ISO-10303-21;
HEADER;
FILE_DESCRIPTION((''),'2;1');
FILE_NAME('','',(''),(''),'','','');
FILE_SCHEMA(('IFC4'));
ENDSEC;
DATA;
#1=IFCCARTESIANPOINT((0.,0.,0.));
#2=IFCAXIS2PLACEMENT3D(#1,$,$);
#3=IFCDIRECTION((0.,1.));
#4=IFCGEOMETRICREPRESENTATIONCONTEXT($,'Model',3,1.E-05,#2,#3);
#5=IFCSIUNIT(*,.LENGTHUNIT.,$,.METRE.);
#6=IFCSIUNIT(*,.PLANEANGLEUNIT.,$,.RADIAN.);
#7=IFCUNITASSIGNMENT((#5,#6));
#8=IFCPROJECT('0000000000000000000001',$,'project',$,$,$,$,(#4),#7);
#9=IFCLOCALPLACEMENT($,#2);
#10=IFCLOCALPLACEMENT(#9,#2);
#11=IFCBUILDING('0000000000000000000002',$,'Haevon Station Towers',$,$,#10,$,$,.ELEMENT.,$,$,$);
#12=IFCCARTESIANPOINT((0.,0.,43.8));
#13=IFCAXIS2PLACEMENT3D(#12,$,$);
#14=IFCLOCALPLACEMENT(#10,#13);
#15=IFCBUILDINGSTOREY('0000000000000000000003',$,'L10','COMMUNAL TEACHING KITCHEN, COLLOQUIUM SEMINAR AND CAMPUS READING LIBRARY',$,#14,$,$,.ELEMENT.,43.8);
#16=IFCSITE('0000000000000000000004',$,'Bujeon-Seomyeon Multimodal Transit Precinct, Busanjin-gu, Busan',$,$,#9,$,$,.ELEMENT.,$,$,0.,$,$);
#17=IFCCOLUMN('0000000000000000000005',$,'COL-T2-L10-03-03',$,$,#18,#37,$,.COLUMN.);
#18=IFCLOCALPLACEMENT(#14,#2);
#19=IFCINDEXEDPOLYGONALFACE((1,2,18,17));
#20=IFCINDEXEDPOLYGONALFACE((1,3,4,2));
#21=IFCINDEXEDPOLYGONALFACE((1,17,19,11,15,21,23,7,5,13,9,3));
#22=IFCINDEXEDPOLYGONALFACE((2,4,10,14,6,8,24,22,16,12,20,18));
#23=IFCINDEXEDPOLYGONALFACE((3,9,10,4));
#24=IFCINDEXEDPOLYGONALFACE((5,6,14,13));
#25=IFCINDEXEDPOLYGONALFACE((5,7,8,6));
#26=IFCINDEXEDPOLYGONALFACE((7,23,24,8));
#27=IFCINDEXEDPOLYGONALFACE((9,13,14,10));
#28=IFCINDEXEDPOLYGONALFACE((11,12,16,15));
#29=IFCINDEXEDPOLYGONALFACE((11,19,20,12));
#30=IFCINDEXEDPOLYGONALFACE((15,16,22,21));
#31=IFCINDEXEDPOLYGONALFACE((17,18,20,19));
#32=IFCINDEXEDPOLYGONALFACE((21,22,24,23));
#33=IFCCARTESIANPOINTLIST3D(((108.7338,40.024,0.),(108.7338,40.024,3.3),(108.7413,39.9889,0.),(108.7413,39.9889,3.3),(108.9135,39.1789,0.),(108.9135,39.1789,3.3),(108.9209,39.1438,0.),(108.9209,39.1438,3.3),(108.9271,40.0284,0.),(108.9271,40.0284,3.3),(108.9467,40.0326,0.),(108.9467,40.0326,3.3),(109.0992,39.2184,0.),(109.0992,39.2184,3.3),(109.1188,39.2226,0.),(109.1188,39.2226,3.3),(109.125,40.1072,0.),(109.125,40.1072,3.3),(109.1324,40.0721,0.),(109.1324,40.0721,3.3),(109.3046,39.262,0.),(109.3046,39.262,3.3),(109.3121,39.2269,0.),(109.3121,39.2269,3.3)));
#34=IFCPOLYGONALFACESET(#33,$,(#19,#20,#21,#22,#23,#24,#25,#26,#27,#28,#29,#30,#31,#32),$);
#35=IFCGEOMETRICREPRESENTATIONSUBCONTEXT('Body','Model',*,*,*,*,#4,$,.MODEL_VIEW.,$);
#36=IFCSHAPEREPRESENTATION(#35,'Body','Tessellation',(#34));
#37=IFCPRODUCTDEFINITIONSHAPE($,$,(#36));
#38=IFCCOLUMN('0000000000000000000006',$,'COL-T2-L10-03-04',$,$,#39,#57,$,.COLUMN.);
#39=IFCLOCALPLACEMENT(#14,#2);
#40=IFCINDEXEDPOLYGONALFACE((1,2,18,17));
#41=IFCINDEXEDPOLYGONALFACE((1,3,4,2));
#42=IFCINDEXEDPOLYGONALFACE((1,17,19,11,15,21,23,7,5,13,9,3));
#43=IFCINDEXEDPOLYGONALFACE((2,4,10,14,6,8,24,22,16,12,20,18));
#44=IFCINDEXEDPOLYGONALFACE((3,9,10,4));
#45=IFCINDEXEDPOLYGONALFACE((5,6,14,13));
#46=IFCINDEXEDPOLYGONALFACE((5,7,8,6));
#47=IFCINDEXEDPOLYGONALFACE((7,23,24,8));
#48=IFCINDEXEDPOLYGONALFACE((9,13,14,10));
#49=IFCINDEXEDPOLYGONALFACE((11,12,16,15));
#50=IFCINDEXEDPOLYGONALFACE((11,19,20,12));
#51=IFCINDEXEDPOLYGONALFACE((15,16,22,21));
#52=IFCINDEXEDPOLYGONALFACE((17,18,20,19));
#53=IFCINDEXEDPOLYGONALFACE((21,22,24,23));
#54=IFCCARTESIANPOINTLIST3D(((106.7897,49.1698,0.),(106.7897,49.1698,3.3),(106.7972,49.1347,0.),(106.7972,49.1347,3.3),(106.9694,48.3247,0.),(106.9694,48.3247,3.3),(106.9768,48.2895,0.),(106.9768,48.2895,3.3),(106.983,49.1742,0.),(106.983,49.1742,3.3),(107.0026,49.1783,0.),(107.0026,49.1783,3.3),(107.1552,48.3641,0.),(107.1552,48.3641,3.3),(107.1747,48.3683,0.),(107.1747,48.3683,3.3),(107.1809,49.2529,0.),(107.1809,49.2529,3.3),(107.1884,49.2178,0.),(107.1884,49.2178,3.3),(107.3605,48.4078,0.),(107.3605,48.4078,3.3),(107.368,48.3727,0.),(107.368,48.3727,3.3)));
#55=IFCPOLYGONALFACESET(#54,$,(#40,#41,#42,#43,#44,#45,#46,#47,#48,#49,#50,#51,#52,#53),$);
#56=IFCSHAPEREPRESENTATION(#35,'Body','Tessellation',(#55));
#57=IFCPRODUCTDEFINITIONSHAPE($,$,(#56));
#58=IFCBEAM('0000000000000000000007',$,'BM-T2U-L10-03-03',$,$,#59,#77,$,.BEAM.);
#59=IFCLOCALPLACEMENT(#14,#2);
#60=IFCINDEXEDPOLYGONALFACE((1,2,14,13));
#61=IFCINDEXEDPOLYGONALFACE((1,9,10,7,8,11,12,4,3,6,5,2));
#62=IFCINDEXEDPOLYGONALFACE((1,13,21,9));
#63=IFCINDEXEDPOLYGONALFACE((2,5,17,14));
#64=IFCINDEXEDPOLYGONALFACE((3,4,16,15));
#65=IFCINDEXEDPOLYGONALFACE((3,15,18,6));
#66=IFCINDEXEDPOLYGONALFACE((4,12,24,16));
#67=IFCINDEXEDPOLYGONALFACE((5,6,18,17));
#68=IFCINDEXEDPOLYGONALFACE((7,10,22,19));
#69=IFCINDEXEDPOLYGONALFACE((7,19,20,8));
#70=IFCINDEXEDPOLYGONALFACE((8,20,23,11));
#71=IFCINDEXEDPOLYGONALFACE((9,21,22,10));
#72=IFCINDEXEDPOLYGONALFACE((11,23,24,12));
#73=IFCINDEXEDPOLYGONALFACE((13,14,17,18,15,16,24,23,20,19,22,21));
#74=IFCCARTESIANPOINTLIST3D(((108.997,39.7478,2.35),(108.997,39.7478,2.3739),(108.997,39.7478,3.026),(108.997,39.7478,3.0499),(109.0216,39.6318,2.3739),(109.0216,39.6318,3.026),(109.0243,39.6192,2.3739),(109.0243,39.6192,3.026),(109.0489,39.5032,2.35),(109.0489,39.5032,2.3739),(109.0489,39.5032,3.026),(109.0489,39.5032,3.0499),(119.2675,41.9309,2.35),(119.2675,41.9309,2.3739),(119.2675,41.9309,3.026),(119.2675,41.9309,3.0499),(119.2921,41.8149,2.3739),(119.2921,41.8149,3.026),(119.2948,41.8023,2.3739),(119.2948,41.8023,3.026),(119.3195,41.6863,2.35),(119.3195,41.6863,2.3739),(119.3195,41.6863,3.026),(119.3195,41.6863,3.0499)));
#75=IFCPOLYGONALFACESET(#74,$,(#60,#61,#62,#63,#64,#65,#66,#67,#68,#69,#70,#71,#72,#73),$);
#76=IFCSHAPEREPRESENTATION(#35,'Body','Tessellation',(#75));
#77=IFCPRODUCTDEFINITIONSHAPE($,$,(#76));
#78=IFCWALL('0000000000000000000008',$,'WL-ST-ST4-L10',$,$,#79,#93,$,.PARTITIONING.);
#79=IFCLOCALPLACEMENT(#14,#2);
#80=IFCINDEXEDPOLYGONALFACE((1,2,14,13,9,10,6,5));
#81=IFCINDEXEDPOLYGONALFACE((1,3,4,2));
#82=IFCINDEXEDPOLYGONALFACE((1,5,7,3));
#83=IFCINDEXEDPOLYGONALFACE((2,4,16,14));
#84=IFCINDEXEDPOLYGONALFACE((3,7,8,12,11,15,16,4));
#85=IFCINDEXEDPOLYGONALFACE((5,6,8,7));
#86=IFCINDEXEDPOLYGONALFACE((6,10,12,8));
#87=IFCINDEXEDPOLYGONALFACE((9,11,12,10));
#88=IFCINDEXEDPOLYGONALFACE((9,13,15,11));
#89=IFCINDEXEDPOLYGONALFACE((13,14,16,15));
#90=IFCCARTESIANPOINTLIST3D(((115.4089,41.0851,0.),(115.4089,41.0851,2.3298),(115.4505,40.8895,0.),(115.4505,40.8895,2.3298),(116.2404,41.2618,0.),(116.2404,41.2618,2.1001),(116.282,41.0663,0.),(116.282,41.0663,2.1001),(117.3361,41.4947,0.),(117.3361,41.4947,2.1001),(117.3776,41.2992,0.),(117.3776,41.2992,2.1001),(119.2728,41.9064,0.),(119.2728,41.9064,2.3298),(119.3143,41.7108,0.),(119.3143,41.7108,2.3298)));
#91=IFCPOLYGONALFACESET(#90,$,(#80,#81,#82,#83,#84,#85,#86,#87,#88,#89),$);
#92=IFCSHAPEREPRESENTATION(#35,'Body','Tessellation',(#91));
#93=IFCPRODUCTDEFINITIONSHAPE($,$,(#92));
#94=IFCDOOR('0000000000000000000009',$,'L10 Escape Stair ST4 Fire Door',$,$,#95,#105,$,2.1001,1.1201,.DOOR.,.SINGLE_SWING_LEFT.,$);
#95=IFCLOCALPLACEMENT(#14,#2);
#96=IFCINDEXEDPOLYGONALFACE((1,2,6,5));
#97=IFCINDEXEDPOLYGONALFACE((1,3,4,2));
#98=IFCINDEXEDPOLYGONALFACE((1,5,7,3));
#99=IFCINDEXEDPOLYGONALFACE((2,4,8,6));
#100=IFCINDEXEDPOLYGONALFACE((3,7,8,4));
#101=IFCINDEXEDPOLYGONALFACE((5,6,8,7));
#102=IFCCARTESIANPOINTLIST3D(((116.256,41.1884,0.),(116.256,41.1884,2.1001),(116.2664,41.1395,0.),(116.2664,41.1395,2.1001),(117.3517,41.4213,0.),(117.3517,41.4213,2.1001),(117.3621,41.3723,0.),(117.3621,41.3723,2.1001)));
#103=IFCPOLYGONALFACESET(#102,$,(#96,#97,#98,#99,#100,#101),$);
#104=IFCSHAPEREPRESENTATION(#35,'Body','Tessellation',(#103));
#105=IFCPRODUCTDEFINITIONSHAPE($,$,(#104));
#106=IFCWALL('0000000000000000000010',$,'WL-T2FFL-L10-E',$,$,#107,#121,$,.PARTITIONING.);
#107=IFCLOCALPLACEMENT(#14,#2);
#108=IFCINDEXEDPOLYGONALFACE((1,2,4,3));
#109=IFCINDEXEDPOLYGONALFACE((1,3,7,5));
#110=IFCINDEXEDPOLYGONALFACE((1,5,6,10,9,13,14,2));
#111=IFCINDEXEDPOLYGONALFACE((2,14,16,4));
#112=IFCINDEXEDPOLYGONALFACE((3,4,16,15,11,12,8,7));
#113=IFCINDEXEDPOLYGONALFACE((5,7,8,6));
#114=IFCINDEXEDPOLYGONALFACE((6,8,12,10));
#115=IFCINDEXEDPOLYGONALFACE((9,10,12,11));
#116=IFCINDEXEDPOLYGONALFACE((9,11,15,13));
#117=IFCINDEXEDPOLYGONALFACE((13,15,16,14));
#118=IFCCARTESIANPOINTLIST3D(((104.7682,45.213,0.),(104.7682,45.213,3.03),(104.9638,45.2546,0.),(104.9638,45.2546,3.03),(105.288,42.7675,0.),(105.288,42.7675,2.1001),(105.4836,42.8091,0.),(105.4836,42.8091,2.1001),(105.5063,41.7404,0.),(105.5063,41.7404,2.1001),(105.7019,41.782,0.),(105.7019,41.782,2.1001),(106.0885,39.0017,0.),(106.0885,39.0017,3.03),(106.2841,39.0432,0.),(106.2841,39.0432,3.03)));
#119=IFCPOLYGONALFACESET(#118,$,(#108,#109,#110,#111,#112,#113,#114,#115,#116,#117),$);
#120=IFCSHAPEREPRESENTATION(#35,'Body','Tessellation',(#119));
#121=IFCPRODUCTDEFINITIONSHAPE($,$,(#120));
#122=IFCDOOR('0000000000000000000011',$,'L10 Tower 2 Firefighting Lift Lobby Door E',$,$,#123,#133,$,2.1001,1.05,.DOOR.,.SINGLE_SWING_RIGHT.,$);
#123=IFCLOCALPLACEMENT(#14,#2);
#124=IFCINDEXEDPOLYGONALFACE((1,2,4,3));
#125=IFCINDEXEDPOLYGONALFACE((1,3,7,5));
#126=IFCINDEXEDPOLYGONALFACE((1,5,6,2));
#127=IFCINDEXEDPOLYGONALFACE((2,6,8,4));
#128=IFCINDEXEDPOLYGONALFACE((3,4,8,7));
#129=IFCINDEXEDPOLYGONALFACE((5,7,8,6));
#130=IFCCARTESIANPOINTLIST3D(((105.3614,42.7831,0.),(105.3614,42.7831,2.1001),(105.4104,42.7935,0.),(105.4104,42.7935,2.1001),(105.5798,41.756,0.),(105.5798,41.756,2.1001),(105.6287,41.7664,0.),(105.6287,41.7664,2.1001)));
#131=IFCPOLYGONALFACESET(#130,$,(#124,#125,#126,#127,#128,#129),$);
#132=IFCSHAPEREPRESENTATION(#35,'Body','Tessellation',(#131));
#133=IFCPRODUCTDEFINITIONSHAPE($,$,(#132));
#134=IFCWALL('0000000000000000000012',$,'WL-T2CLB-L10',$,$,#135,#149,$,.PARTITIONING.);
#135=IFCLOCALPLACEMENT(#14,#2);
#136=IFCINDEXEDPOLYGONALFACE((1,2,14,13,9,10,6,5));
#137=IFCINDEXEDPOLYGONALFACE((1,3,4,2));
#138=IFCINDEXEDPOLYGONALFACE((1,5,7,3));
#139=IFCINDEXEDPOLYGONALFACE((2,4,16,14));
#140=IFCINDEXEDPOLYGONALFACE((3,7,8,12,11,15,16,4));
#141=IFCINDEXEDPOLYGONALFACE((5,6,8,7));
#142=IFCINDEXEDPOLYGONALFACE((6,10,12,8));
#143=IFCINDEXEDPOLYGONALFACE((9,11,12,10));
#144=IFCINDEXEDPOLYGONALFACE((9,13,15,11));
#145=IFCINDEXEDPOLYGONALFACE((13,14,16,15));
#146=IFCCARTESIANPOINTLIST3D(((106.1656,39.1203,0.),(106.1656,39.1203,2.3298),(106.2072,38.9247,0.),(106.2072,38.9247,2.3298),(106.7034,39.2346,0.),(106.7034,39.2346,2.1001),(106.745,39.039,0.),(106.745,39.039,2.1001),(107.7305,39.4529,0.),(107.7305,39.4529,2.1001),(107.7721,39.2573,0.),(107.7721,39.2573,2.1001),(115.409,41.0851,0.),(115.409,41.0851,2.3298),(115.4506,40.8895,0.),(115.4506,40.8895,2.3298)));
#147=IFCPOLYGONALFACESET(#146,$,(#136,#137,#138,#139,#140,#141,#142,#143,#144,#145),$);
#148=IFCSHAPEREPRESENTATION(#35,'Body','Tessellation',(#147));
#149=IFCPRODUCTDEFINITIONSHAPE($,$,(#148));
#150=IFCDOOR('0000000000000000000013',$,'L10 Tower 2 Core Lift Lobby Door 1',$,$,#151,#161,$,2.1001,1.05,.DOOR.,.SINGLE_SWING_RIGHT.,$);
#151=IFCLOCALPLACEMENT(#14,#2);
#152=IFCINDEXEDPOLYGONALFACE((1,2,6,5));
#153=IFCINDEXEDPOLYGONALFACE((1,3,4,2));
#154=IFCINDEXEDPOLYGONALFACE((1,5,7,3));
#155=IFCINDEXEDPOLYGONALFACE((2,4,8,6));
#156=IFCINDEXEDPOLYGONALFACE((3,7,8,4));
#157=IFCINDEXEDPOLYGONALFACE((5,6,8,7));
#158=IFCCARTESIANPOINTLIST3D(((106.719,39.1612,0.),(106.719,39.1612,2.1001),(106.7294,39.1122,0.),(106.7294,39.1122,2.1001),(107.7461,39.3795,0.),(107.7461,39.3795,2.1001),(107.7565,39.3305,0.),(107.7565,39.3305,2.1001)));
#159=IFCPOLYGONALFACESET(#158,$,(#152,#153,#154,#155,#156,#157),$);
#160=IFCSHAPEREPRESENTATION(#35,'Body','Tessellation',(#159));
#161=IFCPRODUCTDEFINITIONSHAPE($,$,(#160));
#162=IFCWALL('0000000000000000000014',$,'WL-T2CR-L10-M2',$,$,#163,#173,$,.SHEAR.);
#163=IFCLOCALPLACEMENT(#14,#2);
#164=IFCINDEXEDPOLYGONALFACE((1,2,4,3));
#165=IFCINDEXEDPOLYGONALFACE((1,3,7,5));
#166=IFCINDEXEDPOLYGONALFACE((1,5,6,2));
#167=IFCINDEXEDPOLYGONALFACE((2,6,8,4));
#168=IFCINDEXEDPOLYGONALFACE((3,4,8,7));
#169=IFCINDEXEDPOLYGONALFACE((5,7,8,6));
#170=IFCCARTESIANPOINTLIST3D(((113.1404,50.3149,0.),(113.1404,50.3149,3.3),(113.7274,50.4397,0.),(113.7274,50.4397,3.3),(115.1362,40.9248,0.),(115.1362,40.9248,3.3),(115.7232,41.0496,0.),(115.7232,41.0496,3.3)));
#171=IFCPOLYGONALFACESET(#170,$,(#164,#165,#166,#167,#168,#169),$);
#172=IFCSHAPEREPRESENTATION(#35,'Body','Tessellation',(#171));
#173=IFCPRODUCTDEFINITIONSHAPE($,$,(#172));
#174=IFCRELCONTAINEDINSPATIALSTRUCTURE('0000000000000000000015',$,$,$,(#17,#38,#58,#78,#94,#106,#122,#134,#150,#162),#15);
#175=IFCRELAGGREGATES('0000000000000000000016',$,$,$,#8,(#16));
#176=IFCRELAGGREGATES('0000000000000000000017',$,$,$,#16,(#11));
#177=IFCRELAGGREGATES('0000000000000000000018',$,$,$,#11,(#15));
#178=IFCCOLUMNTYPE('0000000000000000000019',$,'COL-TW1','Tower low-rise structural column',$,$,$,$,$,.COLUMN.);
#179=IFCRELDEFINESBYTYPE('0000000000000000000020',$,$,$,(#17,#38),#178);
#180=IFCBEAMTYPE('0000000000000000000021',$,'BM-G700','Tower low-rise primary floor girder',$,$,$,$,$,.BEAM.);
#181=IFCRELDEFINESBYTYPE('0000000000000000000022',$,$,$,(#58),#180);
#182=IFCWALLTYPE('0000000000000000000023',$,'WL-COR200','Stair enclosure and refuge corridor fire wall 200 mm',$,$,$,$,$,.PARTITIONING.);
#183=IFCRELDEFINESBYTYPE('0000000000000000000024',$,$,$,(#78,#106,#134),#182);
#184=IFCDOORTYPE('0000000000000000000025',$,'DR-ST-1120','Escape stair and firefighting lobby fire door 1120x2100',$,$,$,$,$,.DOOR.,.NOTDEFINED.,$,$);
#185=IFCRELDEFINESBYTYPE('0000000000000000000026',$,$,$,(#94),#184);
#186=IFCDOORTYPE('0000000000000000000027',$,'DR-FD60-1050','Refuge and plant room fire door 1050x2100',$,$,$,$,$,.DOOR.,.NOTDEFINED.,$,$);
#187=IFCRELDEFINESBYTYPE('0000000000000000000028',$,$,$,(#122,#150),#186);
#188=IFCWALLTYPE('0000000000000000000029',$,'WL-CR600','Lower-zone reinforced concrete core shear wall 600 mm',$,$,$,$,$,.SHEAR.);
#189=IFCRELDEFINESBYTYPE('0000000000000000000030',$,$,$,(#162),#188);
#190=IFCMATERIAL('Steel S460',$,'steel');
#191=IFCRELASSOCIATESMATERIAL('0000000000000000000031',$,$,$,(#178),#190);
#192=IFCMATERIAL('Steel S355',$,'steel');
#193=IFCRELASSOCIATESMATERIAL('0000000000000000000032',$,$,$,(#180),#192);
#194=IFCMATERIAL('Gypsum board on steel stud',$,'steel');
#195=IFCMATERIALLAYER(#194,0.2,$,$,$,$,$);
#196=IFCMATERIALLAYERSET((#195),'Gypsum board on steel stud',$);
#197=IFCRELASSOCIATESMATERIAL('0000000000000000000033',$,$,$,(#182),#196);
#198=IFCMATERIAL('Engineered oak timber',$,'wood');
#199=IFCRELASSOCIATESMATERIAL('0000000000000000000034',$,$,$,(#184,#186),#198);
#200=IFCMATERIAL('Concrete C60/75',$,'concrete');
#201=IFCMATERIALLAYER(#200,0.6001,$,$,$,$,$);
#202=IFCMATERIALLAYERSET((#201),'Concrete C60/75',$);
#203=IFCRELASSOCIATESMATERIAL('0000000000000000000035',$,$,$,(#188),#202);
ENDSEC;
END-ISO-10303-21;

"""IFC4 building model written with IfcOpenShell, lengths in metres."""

from ifc_helpers import new_model, si_unit, direction, frame, frame_2d, origin, origin_2d, place, context, subcontext, project, spatial, rectangle, i_section, extrude, material, layer, layer_set, material_profile, profile_set, type_object, element, fill, save


model = new_model("IFC4")

# Units and contexts
model_context = context("Model", 3, precision=1e-05, world=origin(), true_north=direction((0.0, 1.0)))
body_context = subcontext(model_context, "Body", "Model", "MODEL_VIEW")
ifc_project = project(units=[si_unit("LENGTHUNIT", "METRE"), si_unit("PLANEANGLEUNIT", "RADIAN")], contexts=[model_context])

# Site, building, storey
site_placement = place(None, origin())
site = spatial("IfcSite", under=ifc_project, at=site_placement, Name="Bujeon-Seomyeon Multimodal Transit Precinct, Busanjin-gu, Busan", CompositionType="ELEMENT", RefElevation=0.0)
building_placement = place(site_placement, origin())
building = spatial("IfcBuilding", under=site, at=building_placement, Name="Haevon Station Towers", CompositionType="ELEMENT")
storey_placement = place(building_placement, frame((0.0, 0.0, 43.8)))
storey = spatial("IfcBuildingStorey", under=building, at=storey_placement, Name="L10", Description="COMMUNAL TEACHING KITCHEN, COLLOQUIUM SEMINAR AND CAMPUS READING LIBRARY", CompositionType="ELEMENT", Elevation=43.8)

# Columns
ifc_material_1 = material(Name="Steel S460", Category="steel")
ifc_material_profile_1 = material_profile(ifc_material_1, i_section(OverallWidth=0.3999, OverallDepth=0.8999, WebThickness=0.02, FlangeThickness=0.0359, at=origin_2d()), Name="H-900x400x20x36")
ifc_profile_set_1 = profile_set([ifc_material_profile_1], Name="Steel S460")
column_type = type_object("IfcColumnType", Name="COL-TW1", Description="Tower low-rise structural column", PredefinedType="COLUMN", material=ifc_profile_set_1)
for number, where, z_axis, x_axis, name in (
    (1, (109.0229, 39.6255, 0.0), (0.0, 0.0, 1.0), (0.978148, 0.207912, 0.0), "COL-T2-L10-03-03"),
    (2, (107.0789, 48.7712, 0.0), (0.0, 0.0, 1.0), (0.978148, 0.207912, 0.0), "COL-T2-L10-03-04"),
):
    element("IfcColumn", number, at=place(storey_placement, frame(where, z_axis=z_axis, x_axis=x_axis)), inside=storey, type_object=column_type, Name=name, PredefinedType="COLUMN", context=body_context, shape_type="SweptSolid", body=[
        extrude(i_section(OverallWidth=0.3999, OverallDepth=0.8999, WebThickness=0.02, FlangeThickness=0.0359, at=origin_2d()), origin(), (0.0, 0.0, 1.0), 3.3),
    ])

# Beam
ifc_material_2 = material(Name="Steel S355", Category="steel")
ifc_material_profile_2 = material_profile(ifc_material_2, i_section(OverallWidth=0.25, OverallDepth=0.7, WebThickness=0.0129, FlangeThickness=0.0239, at=origin_2d()), Name="H-700x250x13x24")
ifc_profile_set_2 = profile_set([ifc_material_profile_2], Name="Steel S355")
beam_type = type_object("IfcBeamType", Name="BM-G700", Description="Tower low-rise primary floor girder", PredefinedType="BEAM", material=ifc_profile_set_2)
beam_placement = place(storey_placement, frame((109.0229, 39.6255, 2.7), z_axis=(0.978147, 0.207915, 0.0), x_axis=(-0.207915, 0.978147, 0.0)))
element("IfcBeam", 3, at=beam_placement, inside=storey, type_object=beam_type, Name="BM-T2U-L10-03-03", PredefinedType="BEAM", context=body_context, shape_type="SweptSolid", body=[
    extrude(i_section(OverallWidth=0.25, OverallDepth=0.7, WebThickness=0.0129, FlangeThickness=0.0239, at=origin_2d()), origin(), (0.0, 0.0, 1.0), 10.5),
])

# Walls, openings, doors
ifc_material_3 = material(Name="Gypsum board on steel stud", Category="steel")
ifc_layer_1 = layer(ifc_material_3, 0.2)
ifc_layer_set_1 = layer_set([ifc_layer_1], Name="Gypsum board on steel stud")
wall_type_1 = type_object("IfcWallType", Name="WL-COR200", Description="Stair enclosure and refuge corridor fire wall 200 mm", PredefinedType="PARTITIONING", material=ifc_layer_set_1)
wall_1_placement = place(storey_placement, frame((115.4297, 40.9873, 0.0), z_axis=(0.0, 0.0, 1.0), x_axis=(0.978147, 0.207916, 0.0)))
wall_1 = element("IfcWall", 4, at=wall_1_placement, inside=storey, type_object=wall_type_1, Name="WL-ST-ST4-L10", PredefinedType="PARTITIONING", context=body_context, shape_type="SweptSolid", body=[
    extrude(rectangle(XDim=3.9502, YDim=0.2, at=frame_2d((1.9751, 0.0))), origin(), (0.0, 0.0, 1.0), 2.3298),
])
opening_1_placement = place(wall_1_placement, frame((0.8501, 0.0, 0.0)))
opening_1 = element("IfcOpeningElement", 5, at=opening_1_placement, cuts=wall_1, PredefinedType="OPENING", context=body_context, shape_type="SweptSolid", body=[
    extrude(rectangle(XDim=1.1201, YDim=2.1001, at=frame_2d((0.5601, 1.05))), frame((0.0, 0.1099, 0.0), z_axis=(0.0, -1.0, 0.0), x_axis=(1.0, 0.0, 0.0)), (0.0, 0.0, 1.0), 0.22),
])
ifc_material_4 = material(Name="Engineered oak timber", Category="wood")
door_type_1 = type_object("IfcDoorType", Name="DR-ST-1120", Description="Escape stair and firefighting lobby fire door 1120x2100", OperationType="NOTDEFINED", PredefinedType="DOOR", material=ifc_material_4)
door_1_placement = place(opening_1_placement, origin())
door_1 = element("IfcDoor", 6, at=door_1_placement, inside=storey, type_object=door_type_1, Name="L10 Escape Stair ST4 Fire Door", OperationType="SINGLE_SWING_LEFT", OverallHeight=2.1001, OverallWidth=1.1201, PredefinedType="DOOR", context=body_context, shape_type="SweptSolid", body=[
    extrude(rectangle(XDim=1.1201, YDim=2.1001, at=frame_2d((0.5601, 1.05))), frame((0.0, 0.0249, 0.0), z_axis=(0.0, -1.0, 0.0), x_axis=(1.0, 0.0, 0.0)), (0.0, 0.0, 1.0), 0.05),
])
fill(opening_1, door_1)
wall_2_placement = place(storey_placement, frame((106.1863, 39.0225, 0.0), z_axis=(0.0, 0.0, 1.0), x_axis=(-0.207917, 0.978147, 0.0)))
wall_2 = element("IfcWall", 7, at=wall_2_placement, inside=storey, type_object=wall_type_1, Name="WL-T2FFL-L10-E", PredefinedType="PARTITIONING", context=body_context, shape_type="SweptSolid", body=[
    extrude(rectangle(XDim=6.3501, YDim=0.2, at=frame_2d((3.175, 0.0))), origin(), (0.0, 0.0, 1.0), 3.03),
])
opening_2_placement = place(wall_2_placement, frame((2.8, 0.0, 0.0)))
opening_2 = element("IfcOpeningElement", 8, at=opening_2_placement, cuts=wall_2, PredefinedType="OPENING", context=body_context, shape_type="SweptSolid", body=[
    extrude(rectangle(XDim=1.05, YDim=2.1001, at=frame_2d((0.5249, 1.05))), frame((0.0, 0.1099, 0.0), z_axis=(0.0, -1.0, 0.0), x_axis=(1.0, 0.0, 0.0)), (0.0, 0.0, 1.0), 0.22),
])
door_type_2 = type_object("IfcDoorType", Name="DR-FD60-1050", Description="Refuge and plant room fire door 1050x2100", OperationType="NOTDEFINED", PredefinedType="DOOR", material=ifc_material_4)
door_2_placement = place(opening_2_placement, origin())
door_2 = element("IfcDoor", 9, at=door_2_placement, inside=storey, type_object=door_type_2, Name="L10 Tower 2 Firefighting Lift Lobby Door E", OperationType="SINGLE_SWING_RIGHT", OverallHeight=2.1001, OverallWidth=1.05, PredefinedType="DOOR", context=body_context, shape_type="SweptSolid", body=[
    extrude(rectangle(XDim=1.05, YDim=2.1001, at=frame_2d((0.5249, 1.05))), frame((0.0, 0.0249, 0.0), z_axis=(0.0, -1.0, 0.0), x_axis=(1.0, 0.0, 0.0)), (0.0, 0.0, 1.0), 0.05),
])
fill(opening_2, door_2)
wall_3_placement = place(storey_placement, frame((106.1863, 39.0225, 0.0), z_axis=(0.0, 0.0, 1.0), x_axis=(0.978146, 0.207921, 0.0)))
wall_3 = element("IfcWall", 10, at=wall_3_placement, inside=storey, type_object=wall_type_1, Name="WL-T2CLB-L10", PredefinedType="PARTITIONING", context=body_context, shape_type="SweptSolid", body=[
    extrude(rectangle(XDim=9.45, YDim=0.2, at=frame_2d((4.7251, 0.0))), origin(), (0.0, 0.0, 1.0), 2.3298),
])
opening_3_placement = place(wall_3_placement, frame((0.55, 0.0, 0.0)))
opening_3 = element("IfcOpeningElement", 11, at=opening_3_placement, cuts=wall_3, PredefinedType="OPENING", context=body_context, shape_type="SweptSolid", body=[
    extrude(rectangle(XDim=1.05, YDim=2.1001, at=frame_2d((0.5249, 1.05))), frame((0.0, 0.1099, 0.0), z_axis=(0.0, -1.0, 0.0), x_axis=(1.0, 0.0, 0.0)), (0.0, 0.0, 1.0), 0.22),
])
door_3_placement = place(opening_3_placement, origin())
door_3 = element("IfcDoor", 12, at=door_3_placement, inside=storey, type_object=door_type_2, Name="L10 Tower 2 Core Lift Lobby Door 1", OperationType="SINGLE_SWING_RIGHT", OverallHeight=2.1001, OverallWidth=1.05, PredefinedType="DOOR", context=body_context, shape_type="SweptSolid", body=[
    extrude(rectangle(XDim=1.05, YDim=2.1001, at=frame_2d((0.5249, 1.05))), frame((0.0, 0.0249, 0.0), z_axis=(0.0, -1.0, 0.0), x_axis=(1.0, 0.0, 0.0)), (0.0, 0.0, 1.0), 0.05),
])
fill(opening_3, door_3)

# Wall
ifc_material_5 = material(Name="Concrete C60/75", Category="concrete")
ifc_layer_2 = layer(ifc_material_5, 0.6001)
ifc_layer_set_2 = layer_set([ifc_layer_2], Name="Concrete C60/75")
wall_type_2 = type_object("IfcWallType", Name="WL-CR600", Description="Lower-zone reinforced concrete core shear wall 600 mm", PredefinedType="SHEAR", material=ifc_layer_set_2)
wall_4_placement = place(storey_placement, frame((115.4297, 40.9873, 0.0), z_axis=(0.0, 0.0, 1.0), x_axis=(-0.207903, 0.978149, 0.0)))
element("IfcWall", 13, at=wall_4_placement, inside=storey, type_object=wall_type_2, Name="WL-T2CR-L10-M2", PredefinedType="SHEAR", context=body_context, shape_type="SweptSolid", body=[
    extrude(rectangle(XDim=9.5999, YDim=0.6001, at=frame_2d((4.7998, 0.0))), origin(), (0.0, 0.0, 1.0), 3.3),
])

save(model, "model.ifc")
